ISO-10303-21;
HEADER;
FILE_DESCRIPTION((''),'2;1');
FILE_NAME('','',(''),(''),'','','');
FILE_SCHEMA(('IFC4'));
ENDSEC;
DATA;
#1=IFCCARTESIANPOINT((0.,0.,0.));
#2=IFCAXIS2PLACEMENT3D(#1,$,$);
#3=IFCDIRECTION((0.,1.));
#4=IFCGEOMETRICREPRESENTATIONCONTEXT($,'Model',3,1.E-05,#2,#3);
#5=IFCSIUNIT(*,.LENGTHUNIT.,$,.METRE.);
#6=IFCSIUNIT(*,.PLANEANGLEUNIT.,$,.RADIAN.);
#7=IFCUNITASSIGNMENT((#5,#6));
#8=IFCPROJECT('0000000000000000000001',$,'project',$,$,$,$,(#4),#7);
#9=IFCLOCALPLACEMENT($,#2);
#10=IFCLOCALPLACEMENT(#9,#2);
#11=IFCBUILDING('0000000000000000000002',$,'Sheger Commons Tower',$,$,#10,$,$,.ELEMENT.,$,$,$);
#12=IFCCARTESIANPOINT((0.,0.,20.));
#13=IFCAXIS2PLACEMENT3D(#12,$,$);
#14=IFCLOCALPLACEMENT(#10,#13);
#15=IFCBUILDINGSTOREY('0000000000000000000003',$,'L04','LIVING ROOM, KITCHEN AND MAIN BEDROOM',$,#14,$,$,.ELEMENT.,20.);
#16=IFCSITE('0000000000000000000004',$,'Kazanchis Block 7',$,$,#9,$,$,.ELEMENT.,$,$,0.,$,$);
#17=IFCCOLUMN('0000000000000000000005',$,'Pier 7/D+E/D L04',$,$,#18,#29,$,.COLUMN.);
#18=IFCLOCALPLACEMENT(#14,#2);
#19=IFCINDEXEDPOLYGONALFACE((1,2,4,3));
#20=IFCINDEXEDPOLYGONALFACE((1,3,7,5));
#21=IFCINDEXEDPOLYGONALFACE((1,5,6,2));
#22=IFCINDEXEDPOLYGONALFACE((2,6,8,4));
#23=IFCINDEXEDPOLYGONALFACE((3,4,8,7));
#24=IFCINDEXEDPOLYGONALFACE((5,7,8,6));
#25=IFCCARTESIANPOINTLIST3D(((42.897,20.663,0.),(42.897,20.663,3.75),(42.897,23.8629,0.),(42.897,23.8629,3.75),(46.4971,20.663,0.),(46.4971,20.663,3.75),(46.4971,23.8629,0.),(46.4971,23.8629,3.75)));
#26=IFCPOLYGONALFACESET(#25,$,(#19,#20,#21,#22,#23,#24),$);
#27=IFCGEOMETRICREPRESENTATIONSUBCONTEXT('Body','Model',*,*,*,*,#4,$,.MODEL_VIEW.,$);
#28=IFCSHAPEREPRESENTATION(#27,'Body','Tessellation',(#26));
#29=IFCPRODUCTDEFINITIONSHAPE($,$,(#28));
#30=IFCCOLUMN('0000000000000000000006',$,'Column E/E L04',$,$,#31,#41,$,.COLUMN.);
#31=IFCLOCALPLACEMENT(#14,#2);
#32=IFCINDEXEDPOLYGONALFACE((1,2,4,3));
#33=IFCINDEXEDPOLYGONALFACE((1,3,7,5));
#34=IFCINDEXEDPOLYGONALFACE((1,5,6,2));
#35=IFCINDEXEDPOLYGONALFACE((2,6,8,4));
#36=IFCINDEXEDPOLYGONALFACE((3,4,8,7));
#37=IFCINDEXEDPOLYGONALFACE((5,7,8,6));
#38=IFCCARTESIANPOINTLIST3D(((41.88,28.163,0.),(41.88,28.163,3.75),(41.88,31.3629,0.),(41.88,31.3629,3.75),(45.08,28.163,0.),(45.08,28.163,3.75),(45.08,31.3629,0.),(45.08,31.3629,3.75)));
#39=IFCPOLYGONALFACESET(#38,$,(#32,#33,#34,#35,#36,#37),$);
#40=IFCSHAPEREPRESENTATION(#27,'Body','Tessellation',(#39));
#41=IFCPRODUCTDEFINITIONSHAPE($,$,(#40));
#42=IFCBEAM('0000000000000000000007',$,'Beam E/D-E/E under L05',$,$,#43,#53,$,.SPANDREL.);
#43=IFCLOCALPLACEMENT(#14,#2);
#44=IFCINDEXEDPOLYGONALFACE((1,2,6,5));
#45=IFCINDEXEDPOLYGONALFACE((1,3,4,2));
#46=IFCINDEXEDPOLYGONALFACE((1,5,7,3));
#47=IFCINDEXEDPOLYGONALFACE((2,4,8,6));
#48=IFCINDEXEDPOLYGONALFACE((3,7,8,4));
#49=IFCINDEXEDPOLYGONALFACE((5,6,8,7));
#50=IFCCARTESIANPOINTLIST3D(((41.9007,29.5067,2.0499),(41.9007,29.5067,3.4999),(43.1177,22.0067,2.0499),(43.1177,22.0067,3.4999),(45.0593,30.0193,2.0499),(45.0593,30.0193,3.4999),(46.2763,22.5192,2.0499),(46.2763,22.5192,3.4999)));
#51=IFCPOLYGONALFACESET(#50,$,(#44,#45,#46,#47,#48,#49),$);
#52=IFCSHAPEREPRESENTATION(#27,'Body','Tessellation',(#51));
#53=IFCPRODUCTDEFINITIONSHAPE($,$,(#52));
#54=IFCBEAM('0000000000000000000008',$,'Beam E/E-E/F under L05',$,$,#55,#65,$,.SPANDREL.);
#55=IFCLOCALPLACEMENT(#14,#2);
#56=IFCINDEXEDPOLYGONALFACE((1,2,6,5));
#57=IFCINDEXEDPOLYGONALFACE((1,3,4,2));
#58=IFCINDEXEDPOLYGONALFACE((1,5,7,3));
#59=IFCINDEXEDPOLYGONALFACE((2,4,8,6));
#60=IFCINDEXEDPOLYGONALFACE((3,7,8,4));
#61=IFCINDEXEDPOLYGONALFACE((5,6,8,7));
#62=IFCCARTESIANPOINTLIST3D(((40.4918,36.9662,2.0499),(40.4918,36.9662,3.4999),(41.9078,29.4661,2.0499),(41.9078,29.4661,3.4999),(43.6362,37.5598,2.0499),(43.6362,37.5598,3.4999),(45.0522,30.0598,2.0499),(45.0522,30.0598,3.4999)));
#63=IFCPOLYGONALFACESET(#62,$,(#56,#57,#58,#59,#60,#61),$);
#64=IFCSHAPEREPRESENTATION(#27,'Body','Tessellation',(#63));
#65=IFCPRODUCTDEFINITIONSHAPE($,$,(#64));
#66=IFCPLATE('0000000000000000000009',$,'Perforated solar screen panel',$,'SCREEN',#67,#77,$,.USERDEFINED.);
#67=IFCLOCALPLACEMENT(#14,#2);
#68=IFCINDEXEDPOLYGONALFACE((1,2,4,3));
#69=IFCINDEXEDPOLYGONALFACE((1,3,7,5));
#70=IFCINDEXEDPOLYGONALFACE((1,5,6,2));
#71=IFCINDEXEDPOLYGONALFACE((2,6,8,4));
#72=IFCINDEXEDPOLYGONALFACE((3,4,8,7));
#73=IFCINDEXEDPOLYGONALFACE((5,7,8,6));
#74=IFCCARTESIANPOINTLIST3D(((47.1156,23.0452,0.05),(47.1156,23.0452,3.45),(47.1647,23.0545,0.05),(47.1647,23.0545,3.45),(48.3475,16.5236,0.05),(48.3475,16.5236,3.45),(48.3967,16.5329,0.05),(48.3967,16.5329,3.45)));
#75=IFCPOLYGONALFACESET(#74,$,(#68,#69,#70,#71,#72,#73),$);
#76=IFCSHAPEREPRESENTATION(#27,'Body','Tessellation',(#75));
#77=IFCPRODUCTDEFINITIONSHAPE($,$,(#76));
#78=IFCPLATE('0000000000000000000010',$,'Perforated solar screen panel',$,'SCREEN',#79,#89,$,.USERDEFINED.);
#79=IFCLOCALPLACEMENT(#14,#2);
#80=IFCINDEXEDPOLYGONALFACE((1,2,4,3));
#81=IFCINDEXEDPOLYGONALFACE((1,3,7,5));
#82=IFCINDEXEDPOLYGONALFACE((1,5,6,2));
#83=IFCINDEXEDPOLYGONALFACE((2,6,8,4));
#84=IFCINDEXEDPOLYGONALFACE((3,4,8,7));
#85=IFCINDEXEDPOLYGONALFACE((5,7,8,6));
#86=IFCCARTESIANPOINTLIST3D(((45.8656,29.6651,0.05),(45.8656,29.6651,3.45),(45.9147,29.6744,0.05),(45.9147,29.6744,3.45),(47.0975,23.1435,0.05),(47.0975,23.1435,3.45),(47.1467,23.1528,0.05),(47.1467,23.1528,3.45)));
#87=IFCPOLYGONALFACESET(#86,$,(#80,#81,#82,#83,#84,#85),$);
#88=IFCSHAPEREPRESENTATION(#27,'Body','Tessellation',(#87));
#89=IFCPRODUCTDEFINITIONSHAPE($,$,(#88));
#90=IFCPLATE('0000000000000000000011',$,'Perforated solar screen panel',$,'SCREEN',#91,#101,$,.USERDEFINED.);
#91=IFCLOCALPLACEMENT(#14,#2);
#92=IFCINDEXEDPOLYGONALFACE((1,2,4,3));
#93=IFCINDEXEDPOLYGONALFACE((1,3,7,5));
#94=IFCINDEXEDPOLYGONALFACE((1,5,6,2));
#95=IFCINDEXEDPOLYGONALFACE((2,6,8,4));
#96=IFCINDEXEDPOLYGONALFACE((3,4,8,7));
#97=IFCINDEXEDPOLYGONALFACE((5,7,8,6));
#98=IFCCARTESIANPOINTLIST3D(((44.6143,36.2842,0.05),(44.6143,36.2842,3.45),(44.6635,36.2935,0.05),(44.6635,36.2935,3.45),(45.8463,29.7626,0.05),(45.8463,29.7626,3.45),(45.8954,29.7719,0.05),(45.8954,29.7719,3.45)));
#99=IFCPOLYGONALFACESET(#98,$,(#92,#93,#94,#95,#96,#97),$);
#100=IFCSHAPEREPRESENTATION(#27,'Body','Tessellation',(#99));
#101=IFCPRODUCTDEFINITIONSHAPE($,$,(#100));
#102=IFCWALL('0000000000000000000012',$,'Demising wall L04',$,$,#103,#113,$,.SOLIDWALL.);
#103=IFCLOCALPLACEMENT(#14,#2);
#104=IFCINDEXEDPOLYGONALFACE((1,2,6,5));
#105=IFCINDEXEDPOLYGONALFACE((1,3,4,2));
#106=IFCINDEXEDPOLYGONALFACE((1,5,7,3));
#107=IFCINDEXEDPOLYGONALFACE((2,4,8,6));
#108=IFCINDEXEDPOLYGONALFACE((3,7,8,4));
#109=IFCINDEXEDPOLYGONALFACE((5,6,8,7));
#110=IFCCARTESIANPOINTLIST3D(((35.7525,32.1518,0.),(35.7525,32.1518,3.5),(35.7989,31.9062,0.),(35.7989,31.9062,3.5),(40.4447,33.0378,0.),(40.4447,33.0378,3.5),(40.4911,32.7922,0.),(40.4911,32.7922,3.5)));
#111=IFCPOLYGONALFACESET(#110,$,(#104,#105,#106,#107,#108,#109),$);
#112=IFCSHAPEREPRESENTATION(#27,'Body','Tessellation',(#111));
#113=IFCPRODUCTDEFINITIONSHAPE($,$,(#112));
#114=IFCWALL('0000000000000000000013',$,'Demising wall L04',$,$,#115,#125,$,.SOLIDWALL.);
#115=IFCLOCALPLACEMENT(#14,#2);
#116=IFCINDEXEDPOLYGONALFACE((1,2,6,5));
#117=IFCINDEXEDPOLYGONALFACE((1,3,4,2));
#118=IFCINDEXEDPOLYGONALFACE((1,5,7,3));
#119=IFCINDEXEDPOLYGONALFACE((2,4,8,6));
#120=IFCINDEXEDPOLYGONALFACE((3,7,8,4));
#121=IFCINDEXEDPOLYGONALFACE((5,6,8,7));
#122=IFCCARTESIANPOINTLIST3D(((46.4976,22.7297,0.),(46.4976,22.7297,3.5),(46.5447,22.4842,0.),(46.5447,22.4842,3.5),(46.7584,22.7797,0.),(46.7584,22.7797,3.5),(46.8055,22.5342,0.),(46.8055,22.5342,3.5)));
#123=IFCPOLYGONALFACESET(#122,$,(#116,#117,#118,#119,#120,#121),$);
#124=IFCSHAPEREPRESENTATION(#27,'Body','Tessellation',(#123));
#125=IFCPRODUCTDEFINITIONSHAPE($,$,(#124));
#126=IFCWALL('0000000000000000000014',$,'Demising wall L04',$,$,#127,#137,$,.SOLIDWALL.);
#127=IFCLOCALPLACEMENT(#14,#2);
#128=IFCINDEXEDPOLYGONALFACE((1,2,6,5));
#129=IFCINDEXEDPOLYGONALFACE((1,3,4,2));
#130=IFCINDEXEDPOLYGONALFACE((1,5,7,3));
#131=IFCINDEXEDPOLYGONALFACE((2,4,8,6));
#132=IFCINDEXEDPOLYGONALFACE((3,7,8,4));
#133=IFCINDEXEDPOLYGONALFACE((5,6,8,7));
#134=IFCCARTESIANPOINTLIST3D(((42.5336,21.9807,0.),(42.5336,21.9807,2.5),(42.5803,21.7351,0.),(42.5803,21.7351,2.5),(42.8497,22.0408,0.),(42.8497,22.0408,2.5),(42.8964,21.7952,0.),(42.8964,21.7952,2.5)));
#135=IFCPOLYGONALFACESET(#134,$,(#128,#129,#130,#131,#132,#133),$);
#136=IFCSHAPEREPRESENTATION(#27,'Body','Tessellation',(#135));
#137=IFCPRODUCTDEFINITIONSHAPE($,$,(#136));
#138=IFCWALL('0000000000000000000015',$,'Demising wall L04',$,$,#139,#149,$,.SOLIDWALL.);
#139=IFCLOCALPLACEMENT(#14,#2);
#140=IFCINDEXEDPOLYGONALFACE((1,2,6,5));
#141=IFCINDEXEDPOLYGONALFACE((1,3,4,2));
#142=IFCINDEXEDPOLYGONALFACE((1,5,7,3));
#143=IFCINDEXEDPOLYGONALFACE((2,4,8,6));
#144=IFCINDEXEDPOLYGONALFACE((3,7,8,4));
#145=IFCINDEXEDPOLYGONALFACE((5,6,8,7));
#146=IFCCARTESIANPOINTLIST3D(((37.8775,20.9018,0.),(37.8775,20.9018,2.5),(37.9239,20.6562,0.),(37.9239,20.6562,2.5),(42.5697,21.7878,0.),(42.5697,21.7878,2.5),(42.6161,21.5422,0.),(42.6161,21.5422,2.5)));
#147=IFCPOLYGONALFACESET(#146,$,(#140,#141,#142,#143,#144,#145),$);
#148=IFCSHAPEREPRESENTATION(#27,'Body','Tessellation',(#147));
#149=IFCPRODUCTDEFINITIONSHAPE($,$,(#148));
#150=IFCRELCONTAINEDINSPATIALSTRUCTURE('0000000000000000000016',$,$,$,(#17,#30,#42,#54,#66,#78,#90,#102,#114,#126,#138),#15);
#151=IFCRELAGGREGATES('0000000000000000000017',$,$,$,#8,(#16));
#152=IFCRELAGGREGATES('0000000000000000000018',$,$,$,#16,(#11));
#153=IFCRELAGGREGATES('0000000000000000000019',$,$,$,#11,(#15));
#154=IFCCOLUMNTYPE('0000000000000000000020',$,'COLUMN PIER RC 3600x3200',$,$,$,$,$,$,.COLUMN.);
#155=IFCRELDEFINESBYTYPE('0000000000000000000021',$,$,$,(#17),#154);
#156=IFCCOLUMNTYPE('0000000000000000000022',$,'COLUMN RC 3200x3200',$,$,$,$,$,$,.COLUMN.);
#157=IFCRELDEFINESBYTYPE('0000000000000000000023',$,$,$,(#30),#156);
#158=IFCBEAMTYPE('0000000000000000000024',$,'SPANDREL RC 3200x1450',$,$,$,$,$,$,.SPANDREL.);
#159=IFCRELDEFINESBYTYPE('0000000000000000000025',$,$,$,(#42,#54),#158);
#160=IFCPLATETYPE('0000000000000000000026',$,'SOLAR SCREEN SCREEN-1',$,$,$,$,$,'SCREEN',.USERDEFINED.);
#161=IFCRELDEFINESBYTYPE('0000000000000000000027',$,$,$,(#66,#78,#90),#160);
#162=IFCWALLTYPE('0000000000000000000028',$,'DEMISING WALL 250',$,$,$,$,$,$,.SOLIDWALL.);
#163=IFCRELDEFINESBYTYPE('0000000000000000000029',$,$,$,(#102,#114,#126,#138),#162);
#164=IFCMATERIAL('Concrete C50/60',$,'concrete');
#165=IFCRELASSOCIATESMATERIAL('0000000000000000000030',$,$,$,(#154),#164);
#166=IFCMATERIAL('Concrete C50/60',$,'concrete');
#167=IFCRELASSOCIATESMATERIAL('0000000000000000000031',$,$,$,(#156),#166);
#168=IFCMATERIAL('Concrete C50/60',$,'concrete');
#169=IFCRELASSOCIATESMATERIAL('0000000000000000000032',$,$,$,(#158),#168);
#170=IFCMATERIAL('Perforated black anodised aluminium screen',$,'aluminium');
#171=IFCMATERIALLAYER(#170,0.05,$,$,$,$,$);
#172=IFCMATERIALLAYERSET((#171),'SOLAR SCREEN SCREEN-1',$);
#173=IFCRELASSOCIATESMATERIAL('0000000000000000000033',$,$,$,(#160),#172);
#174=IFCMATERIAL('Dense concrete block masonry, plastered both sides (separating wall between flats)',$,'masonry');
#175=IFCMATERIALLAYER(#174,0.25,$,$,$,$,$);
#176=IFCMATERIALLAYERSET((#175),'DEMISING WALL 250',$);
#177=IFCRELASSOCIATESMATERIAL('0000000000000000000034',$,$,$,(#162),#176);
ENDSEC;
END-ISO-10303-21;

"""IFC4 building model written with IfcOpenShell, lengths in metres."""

from ifc_helpers import new_model, si_unit, direction, frame, frame_2d, origin, origin_2d, place, context, subcontext, project, spatial, rectangle, extrude, material, layer, layer_set, material_profile, profile_set, type_object, element, save


model = new_model("IFC4")

# Units and contexts
model_context = context("Model", 3, precision=1e-05, world=origin(), true_north=direction((0.0, 1.0)))
body_context = subcontext(model_context, "Body", "Model", "MODEL_VIEW")
ifc_project = project(units=[si_unit("LENGTHUNIT", "METRE"), si_unit("PLANEANGLEUNIT", "RADIAN")], contexts=[model_context])

# Site, building, storey
site_placement = place(None, origin())
site = spatial("IfcSite", under=ifc_project, at=site_placement, Name="Kazanchis Block 7", CompositionType="ELEMENT", RefElevation=0.0)
building_placement = place(site_placement, origin())
building = spatial("IfcBuilding", under=site, at=building_placement, Name="Sheger Commons Tower", CompositionType="ELEMENT")
storey_placement = place(building_placement, frame((0.0, 0.0, 20.0)))
storey = spatial("IfcBuildingStorey", under=building, at=storey_placement, Name="L04", Description="LIVING ROOM, KITCHEN AND MAIN BEDROOM", CompositionType="ELEMENT", Elevation=20.0)

# Columns
ifc_material_1 = material(Name="Concrete C50/60", Category="concrete")
ifc_material_profile_1 = material_profile(ifc_material_1, rectangle(XDim=3.6001, YDim=3.2, at=origin_2d()), Name="RC 3600x3200")
ifc_profile_set_1 = profile_set([ifc_material_profile_1], Name="Concrete C50/60")
column_type_1 = type_object("IfcColumnType", Name="COLUMN PIER RC 3600x3200", PredefinedType="COLUMN", material=ifc_profile_set_1)
column_1_placement = place(storey_placement, frame((44.697, 22.2629, 0.0), z_axis=(0.0, 0.0, 1.0), x_axis=(1.0, 0.0, 0.0)))
element("IfcColumn", 1, at=column_1_placement, inside=storey, type_object=column_type_1, Name="Pier 7/D+E/D L04", PredefinedType="COLUMN", context=body_context, shape_type="SweptSolid", body=[
    extrude(rectangle(XDim=3.6001, YDim=3.2, at=origin_2d()), origin(), (0.0, 0.0, 1.0), 3.75),
])
ifc_material_2 = material(Name="Concrete C50/60", Category="concrete")
ifc_material_profile_2 = material_profile(ifc_material_2, rectangle(XDim=3.2, YDim=3.2, at=origin_2d()), Name="RC 3200x3200")
ifc_profile_set_2 = profile_set([ifc_material_profile_2], Name="Concrete C50/60")
column_type_2 = type_object("IfcColumnType", Name="COLUMN RC 3200x3200", PredefinedType="COLUMN", material=ifc_profile_set_2)
column_2_placement = place(storey_placement, frame((43.48, 29.7629, 0.0), z_axis=(0.0, 0.0, 1.0), x_axis=(1.0, 0.0, 0.0)))
element("IfcColumn", 2, at=column_2_placement, inside=storey, type_object=column_type_2, Name="Column E/E L04", PredefinedType="COLUMN", context=body_context, shape_type="SweptSolid", body=[
    extrude(rectangle(XDim=3.2, YDim=3.2, at=origin_2d()), origin(), (0.0, 0.0, 1.0), 3.75),
])

# Beams
ifc_material_3 = material(Name="Concrete C50/60", Category="concrete")
ifc_material_profile_3 = material_profile(ifc_material_3, rectangle(XDim=3.2, YDim=1.45, at=origin_2d()), Name="RC 3200x1450")
ifc_profile_set_3 = profile_set([ifc_material_profile_3], Name="Concrete C50/60")
beam_type = type_object("IfcBeamType", Name="SPANDREL RC 3200x1450", PredefinedType="SPANDREL", material=ifc_profile_set_3)
beam_1_placement = place(storey_placement, frame((44.697, 22.2629, 2.7749), z_axis=(-0.160177, 0.987088, 0.0), x_axis=(-0.987088, -0.160177, 0.0)))
element("IfcBeam", 3, at=beam_1_placement, inside=storey, type_object=beam_type, Name="Beam E/D-E/E under L05", PredefinedType="SPANDREL", context=body_context, shape_type="SweptSolid", body=[
    extrude(rectangle(XDim=3.2, YDim=1.45, at=origin_2d()), origin(), (0.0, 0.0, 1.0), 7.5981),
])
beam_2_placement = place(storey_placement, frame((43.48, 29.7629, 2.7749), z_axis=(-0.185524, 0.98264, 0.0), x_axis=(-0.98264, -0.185524, 0.0)))
element("IfcBeam", 4, at=beam_2_placement, inside=storey, type_object=beam_type, Name="Beam E/E-E/F under L05", PredefinedType="SPANDREL", context=body_context, shape_type="SweptSolid", body=[
    extrude(rectangle(XDim=3.2, YDim=1.45, at=origin_2d()), origin(), (0.0, 0.0, 1.0), 7.6326),
])

# Plates
ifc_material_4 = material(Name="Perforated black anodised aluminium screen", Category="aluminium")
ifc_layer_1 = layer(ifc_material_4, 0.05)
ifc_layer_set_1 = layer_set([ifc_layer_1], Name="SOLAR SCREEN SCREEN-1")
plate_type = type_object("IfcPlateType", Name="SOLAR SCREEN SCREEN-1", ElementType="SCREEN", PredefinedType="USERDEFINED", material=ifc_layer_set_1)
for number, where, z_axis, x_axis, name in (
    (5, (47.7561, 19.7891, 0.05), (0.0, 0.0, 1.0), (-0.185615, 0.982623, 0.0), "Perforated solar screen panel"),
    (6, (46.5061, 26.4089, 0.05), (0.0, 0.0, 1.0), (-0.185615, 0.982623, 0.0), "Perforated solar screen panel"),
    (7, (45.2549, 33.0281, 0.05), (0.0, 0.0, 1.0), (-0.185615, 0.982623, 0.0), "Perforated solar screen panel"),
):
    element("IfcPlate", number, at=place(storey_placement, frame(where, z_axis=z_axis, x_axis=x_axis)), inside=storey, type_object=plate_type, Name=name, ObjectType="SCREEN", PredefinedType="USERDEFINED", context=body_context, shape_type="SweptSolid", body=[
        extrude(rectangle(XDim=6.637, YDim=0.05, at=origin_2d()), origin(), (0.0, 0.0, 1.0), 3.3999),
    ])

# Walls
ifc_material_5 = material(Name="Dense concrete block masonry, plastered both sides (separating wall between flats)", Category="masonry")
ifc_layer_2 = layer(ifc_material_5, 0.25)
ifc_layer_set_2 = layer_set([ifc_layer_2], Name="DEMISING WALL 250")
wall_type_1 = type_object("IfcWallType", Name="DEMISING WALL 250", PredefinedType="SOLIDWALL", material=ifc_layer_set_2)
wall_1_placement = place(storey_placement, frame((40.468, 32.915, 0.0), z_axis=(0.0, 0.0, 1.0), x_axis=(-0.982636, -0.185545, 0.0)))
element("IfcWall", 8, at=wall_1_placement, inside=storey, type_object=wall_type_1, Name="Demising wall L04", PredefinedType="SOLIDWALL", context=body_context, shape_type="SweptSolid", body=[
    extrude(rectangle(XDim=4.7751, YDim=0.25, at=frame_2d((2.3877, 0.0))), origin(), (0.0, 0.0, 1.0), 3.5),
])
wall_2_placement = place(storey_placement, frame((46.782, 22.657, 0.0), z_axis=(0.0, 0.0, 1.0), x_axis=(-0.982105, -0.188336, 0.0)))
element("IfcWall", 9, at=wall_2_placement, inside=storey, type_object=wall_type_1, Name="Demising wall L04", PredefinedType="SOLIDWALL", context=body_context, shape_type="SweptSolid", body=[
    extrude(rectangle(XDim=0.2656, YDim=0.25, at=frame_2d((0.1328, 0.0))), origin(), (0.0, 0.0, 1.0), 3.5),
])
wall_3_placement = place(storey_placement, frame((42.873, 21.918, 0.0), z_axis=(0.0, 0.0, 1.0), x_axis=(-0.982431, -0.186624, 0.0)))
element("IfcWall", 10, at=wall_3_placement, inside=storey, type_object=wall_type_1, Name="Demising wall L04", PredefinedType="SOLIDWALL", context=body_context, shape_type="SweptSolid", body=[
    extrude(rectangle(XDim=0.3218, YDim=0.25, at=frame_2d((0.1609, 0.0))), origin(), (0.0, 0.0, 1.0), 2.5),
])
wall_4_placement = place(storey_placement, frame((42.593, 21.665, 0.0), z_axis=(0.0, 0.0, 1.0), x_axis=(-0.982636, -0.185545, 0.0)))
element("IfcWall", 11, at=wall_4_placement, inside=storey, type_object=wall_type_1, Name="Demising wall L04", PredefinedType="SOLIDWALL", context=body_context, shape_type="SweptSolid", body=[
    extrude(rectangle(XDim=4.7751, YDim=0.25, at=frame_2d((2.3877, 0.0))), origin(), (0.0, 0.0, 1.0), 2.5),
])

save(model, "model.ifc")
